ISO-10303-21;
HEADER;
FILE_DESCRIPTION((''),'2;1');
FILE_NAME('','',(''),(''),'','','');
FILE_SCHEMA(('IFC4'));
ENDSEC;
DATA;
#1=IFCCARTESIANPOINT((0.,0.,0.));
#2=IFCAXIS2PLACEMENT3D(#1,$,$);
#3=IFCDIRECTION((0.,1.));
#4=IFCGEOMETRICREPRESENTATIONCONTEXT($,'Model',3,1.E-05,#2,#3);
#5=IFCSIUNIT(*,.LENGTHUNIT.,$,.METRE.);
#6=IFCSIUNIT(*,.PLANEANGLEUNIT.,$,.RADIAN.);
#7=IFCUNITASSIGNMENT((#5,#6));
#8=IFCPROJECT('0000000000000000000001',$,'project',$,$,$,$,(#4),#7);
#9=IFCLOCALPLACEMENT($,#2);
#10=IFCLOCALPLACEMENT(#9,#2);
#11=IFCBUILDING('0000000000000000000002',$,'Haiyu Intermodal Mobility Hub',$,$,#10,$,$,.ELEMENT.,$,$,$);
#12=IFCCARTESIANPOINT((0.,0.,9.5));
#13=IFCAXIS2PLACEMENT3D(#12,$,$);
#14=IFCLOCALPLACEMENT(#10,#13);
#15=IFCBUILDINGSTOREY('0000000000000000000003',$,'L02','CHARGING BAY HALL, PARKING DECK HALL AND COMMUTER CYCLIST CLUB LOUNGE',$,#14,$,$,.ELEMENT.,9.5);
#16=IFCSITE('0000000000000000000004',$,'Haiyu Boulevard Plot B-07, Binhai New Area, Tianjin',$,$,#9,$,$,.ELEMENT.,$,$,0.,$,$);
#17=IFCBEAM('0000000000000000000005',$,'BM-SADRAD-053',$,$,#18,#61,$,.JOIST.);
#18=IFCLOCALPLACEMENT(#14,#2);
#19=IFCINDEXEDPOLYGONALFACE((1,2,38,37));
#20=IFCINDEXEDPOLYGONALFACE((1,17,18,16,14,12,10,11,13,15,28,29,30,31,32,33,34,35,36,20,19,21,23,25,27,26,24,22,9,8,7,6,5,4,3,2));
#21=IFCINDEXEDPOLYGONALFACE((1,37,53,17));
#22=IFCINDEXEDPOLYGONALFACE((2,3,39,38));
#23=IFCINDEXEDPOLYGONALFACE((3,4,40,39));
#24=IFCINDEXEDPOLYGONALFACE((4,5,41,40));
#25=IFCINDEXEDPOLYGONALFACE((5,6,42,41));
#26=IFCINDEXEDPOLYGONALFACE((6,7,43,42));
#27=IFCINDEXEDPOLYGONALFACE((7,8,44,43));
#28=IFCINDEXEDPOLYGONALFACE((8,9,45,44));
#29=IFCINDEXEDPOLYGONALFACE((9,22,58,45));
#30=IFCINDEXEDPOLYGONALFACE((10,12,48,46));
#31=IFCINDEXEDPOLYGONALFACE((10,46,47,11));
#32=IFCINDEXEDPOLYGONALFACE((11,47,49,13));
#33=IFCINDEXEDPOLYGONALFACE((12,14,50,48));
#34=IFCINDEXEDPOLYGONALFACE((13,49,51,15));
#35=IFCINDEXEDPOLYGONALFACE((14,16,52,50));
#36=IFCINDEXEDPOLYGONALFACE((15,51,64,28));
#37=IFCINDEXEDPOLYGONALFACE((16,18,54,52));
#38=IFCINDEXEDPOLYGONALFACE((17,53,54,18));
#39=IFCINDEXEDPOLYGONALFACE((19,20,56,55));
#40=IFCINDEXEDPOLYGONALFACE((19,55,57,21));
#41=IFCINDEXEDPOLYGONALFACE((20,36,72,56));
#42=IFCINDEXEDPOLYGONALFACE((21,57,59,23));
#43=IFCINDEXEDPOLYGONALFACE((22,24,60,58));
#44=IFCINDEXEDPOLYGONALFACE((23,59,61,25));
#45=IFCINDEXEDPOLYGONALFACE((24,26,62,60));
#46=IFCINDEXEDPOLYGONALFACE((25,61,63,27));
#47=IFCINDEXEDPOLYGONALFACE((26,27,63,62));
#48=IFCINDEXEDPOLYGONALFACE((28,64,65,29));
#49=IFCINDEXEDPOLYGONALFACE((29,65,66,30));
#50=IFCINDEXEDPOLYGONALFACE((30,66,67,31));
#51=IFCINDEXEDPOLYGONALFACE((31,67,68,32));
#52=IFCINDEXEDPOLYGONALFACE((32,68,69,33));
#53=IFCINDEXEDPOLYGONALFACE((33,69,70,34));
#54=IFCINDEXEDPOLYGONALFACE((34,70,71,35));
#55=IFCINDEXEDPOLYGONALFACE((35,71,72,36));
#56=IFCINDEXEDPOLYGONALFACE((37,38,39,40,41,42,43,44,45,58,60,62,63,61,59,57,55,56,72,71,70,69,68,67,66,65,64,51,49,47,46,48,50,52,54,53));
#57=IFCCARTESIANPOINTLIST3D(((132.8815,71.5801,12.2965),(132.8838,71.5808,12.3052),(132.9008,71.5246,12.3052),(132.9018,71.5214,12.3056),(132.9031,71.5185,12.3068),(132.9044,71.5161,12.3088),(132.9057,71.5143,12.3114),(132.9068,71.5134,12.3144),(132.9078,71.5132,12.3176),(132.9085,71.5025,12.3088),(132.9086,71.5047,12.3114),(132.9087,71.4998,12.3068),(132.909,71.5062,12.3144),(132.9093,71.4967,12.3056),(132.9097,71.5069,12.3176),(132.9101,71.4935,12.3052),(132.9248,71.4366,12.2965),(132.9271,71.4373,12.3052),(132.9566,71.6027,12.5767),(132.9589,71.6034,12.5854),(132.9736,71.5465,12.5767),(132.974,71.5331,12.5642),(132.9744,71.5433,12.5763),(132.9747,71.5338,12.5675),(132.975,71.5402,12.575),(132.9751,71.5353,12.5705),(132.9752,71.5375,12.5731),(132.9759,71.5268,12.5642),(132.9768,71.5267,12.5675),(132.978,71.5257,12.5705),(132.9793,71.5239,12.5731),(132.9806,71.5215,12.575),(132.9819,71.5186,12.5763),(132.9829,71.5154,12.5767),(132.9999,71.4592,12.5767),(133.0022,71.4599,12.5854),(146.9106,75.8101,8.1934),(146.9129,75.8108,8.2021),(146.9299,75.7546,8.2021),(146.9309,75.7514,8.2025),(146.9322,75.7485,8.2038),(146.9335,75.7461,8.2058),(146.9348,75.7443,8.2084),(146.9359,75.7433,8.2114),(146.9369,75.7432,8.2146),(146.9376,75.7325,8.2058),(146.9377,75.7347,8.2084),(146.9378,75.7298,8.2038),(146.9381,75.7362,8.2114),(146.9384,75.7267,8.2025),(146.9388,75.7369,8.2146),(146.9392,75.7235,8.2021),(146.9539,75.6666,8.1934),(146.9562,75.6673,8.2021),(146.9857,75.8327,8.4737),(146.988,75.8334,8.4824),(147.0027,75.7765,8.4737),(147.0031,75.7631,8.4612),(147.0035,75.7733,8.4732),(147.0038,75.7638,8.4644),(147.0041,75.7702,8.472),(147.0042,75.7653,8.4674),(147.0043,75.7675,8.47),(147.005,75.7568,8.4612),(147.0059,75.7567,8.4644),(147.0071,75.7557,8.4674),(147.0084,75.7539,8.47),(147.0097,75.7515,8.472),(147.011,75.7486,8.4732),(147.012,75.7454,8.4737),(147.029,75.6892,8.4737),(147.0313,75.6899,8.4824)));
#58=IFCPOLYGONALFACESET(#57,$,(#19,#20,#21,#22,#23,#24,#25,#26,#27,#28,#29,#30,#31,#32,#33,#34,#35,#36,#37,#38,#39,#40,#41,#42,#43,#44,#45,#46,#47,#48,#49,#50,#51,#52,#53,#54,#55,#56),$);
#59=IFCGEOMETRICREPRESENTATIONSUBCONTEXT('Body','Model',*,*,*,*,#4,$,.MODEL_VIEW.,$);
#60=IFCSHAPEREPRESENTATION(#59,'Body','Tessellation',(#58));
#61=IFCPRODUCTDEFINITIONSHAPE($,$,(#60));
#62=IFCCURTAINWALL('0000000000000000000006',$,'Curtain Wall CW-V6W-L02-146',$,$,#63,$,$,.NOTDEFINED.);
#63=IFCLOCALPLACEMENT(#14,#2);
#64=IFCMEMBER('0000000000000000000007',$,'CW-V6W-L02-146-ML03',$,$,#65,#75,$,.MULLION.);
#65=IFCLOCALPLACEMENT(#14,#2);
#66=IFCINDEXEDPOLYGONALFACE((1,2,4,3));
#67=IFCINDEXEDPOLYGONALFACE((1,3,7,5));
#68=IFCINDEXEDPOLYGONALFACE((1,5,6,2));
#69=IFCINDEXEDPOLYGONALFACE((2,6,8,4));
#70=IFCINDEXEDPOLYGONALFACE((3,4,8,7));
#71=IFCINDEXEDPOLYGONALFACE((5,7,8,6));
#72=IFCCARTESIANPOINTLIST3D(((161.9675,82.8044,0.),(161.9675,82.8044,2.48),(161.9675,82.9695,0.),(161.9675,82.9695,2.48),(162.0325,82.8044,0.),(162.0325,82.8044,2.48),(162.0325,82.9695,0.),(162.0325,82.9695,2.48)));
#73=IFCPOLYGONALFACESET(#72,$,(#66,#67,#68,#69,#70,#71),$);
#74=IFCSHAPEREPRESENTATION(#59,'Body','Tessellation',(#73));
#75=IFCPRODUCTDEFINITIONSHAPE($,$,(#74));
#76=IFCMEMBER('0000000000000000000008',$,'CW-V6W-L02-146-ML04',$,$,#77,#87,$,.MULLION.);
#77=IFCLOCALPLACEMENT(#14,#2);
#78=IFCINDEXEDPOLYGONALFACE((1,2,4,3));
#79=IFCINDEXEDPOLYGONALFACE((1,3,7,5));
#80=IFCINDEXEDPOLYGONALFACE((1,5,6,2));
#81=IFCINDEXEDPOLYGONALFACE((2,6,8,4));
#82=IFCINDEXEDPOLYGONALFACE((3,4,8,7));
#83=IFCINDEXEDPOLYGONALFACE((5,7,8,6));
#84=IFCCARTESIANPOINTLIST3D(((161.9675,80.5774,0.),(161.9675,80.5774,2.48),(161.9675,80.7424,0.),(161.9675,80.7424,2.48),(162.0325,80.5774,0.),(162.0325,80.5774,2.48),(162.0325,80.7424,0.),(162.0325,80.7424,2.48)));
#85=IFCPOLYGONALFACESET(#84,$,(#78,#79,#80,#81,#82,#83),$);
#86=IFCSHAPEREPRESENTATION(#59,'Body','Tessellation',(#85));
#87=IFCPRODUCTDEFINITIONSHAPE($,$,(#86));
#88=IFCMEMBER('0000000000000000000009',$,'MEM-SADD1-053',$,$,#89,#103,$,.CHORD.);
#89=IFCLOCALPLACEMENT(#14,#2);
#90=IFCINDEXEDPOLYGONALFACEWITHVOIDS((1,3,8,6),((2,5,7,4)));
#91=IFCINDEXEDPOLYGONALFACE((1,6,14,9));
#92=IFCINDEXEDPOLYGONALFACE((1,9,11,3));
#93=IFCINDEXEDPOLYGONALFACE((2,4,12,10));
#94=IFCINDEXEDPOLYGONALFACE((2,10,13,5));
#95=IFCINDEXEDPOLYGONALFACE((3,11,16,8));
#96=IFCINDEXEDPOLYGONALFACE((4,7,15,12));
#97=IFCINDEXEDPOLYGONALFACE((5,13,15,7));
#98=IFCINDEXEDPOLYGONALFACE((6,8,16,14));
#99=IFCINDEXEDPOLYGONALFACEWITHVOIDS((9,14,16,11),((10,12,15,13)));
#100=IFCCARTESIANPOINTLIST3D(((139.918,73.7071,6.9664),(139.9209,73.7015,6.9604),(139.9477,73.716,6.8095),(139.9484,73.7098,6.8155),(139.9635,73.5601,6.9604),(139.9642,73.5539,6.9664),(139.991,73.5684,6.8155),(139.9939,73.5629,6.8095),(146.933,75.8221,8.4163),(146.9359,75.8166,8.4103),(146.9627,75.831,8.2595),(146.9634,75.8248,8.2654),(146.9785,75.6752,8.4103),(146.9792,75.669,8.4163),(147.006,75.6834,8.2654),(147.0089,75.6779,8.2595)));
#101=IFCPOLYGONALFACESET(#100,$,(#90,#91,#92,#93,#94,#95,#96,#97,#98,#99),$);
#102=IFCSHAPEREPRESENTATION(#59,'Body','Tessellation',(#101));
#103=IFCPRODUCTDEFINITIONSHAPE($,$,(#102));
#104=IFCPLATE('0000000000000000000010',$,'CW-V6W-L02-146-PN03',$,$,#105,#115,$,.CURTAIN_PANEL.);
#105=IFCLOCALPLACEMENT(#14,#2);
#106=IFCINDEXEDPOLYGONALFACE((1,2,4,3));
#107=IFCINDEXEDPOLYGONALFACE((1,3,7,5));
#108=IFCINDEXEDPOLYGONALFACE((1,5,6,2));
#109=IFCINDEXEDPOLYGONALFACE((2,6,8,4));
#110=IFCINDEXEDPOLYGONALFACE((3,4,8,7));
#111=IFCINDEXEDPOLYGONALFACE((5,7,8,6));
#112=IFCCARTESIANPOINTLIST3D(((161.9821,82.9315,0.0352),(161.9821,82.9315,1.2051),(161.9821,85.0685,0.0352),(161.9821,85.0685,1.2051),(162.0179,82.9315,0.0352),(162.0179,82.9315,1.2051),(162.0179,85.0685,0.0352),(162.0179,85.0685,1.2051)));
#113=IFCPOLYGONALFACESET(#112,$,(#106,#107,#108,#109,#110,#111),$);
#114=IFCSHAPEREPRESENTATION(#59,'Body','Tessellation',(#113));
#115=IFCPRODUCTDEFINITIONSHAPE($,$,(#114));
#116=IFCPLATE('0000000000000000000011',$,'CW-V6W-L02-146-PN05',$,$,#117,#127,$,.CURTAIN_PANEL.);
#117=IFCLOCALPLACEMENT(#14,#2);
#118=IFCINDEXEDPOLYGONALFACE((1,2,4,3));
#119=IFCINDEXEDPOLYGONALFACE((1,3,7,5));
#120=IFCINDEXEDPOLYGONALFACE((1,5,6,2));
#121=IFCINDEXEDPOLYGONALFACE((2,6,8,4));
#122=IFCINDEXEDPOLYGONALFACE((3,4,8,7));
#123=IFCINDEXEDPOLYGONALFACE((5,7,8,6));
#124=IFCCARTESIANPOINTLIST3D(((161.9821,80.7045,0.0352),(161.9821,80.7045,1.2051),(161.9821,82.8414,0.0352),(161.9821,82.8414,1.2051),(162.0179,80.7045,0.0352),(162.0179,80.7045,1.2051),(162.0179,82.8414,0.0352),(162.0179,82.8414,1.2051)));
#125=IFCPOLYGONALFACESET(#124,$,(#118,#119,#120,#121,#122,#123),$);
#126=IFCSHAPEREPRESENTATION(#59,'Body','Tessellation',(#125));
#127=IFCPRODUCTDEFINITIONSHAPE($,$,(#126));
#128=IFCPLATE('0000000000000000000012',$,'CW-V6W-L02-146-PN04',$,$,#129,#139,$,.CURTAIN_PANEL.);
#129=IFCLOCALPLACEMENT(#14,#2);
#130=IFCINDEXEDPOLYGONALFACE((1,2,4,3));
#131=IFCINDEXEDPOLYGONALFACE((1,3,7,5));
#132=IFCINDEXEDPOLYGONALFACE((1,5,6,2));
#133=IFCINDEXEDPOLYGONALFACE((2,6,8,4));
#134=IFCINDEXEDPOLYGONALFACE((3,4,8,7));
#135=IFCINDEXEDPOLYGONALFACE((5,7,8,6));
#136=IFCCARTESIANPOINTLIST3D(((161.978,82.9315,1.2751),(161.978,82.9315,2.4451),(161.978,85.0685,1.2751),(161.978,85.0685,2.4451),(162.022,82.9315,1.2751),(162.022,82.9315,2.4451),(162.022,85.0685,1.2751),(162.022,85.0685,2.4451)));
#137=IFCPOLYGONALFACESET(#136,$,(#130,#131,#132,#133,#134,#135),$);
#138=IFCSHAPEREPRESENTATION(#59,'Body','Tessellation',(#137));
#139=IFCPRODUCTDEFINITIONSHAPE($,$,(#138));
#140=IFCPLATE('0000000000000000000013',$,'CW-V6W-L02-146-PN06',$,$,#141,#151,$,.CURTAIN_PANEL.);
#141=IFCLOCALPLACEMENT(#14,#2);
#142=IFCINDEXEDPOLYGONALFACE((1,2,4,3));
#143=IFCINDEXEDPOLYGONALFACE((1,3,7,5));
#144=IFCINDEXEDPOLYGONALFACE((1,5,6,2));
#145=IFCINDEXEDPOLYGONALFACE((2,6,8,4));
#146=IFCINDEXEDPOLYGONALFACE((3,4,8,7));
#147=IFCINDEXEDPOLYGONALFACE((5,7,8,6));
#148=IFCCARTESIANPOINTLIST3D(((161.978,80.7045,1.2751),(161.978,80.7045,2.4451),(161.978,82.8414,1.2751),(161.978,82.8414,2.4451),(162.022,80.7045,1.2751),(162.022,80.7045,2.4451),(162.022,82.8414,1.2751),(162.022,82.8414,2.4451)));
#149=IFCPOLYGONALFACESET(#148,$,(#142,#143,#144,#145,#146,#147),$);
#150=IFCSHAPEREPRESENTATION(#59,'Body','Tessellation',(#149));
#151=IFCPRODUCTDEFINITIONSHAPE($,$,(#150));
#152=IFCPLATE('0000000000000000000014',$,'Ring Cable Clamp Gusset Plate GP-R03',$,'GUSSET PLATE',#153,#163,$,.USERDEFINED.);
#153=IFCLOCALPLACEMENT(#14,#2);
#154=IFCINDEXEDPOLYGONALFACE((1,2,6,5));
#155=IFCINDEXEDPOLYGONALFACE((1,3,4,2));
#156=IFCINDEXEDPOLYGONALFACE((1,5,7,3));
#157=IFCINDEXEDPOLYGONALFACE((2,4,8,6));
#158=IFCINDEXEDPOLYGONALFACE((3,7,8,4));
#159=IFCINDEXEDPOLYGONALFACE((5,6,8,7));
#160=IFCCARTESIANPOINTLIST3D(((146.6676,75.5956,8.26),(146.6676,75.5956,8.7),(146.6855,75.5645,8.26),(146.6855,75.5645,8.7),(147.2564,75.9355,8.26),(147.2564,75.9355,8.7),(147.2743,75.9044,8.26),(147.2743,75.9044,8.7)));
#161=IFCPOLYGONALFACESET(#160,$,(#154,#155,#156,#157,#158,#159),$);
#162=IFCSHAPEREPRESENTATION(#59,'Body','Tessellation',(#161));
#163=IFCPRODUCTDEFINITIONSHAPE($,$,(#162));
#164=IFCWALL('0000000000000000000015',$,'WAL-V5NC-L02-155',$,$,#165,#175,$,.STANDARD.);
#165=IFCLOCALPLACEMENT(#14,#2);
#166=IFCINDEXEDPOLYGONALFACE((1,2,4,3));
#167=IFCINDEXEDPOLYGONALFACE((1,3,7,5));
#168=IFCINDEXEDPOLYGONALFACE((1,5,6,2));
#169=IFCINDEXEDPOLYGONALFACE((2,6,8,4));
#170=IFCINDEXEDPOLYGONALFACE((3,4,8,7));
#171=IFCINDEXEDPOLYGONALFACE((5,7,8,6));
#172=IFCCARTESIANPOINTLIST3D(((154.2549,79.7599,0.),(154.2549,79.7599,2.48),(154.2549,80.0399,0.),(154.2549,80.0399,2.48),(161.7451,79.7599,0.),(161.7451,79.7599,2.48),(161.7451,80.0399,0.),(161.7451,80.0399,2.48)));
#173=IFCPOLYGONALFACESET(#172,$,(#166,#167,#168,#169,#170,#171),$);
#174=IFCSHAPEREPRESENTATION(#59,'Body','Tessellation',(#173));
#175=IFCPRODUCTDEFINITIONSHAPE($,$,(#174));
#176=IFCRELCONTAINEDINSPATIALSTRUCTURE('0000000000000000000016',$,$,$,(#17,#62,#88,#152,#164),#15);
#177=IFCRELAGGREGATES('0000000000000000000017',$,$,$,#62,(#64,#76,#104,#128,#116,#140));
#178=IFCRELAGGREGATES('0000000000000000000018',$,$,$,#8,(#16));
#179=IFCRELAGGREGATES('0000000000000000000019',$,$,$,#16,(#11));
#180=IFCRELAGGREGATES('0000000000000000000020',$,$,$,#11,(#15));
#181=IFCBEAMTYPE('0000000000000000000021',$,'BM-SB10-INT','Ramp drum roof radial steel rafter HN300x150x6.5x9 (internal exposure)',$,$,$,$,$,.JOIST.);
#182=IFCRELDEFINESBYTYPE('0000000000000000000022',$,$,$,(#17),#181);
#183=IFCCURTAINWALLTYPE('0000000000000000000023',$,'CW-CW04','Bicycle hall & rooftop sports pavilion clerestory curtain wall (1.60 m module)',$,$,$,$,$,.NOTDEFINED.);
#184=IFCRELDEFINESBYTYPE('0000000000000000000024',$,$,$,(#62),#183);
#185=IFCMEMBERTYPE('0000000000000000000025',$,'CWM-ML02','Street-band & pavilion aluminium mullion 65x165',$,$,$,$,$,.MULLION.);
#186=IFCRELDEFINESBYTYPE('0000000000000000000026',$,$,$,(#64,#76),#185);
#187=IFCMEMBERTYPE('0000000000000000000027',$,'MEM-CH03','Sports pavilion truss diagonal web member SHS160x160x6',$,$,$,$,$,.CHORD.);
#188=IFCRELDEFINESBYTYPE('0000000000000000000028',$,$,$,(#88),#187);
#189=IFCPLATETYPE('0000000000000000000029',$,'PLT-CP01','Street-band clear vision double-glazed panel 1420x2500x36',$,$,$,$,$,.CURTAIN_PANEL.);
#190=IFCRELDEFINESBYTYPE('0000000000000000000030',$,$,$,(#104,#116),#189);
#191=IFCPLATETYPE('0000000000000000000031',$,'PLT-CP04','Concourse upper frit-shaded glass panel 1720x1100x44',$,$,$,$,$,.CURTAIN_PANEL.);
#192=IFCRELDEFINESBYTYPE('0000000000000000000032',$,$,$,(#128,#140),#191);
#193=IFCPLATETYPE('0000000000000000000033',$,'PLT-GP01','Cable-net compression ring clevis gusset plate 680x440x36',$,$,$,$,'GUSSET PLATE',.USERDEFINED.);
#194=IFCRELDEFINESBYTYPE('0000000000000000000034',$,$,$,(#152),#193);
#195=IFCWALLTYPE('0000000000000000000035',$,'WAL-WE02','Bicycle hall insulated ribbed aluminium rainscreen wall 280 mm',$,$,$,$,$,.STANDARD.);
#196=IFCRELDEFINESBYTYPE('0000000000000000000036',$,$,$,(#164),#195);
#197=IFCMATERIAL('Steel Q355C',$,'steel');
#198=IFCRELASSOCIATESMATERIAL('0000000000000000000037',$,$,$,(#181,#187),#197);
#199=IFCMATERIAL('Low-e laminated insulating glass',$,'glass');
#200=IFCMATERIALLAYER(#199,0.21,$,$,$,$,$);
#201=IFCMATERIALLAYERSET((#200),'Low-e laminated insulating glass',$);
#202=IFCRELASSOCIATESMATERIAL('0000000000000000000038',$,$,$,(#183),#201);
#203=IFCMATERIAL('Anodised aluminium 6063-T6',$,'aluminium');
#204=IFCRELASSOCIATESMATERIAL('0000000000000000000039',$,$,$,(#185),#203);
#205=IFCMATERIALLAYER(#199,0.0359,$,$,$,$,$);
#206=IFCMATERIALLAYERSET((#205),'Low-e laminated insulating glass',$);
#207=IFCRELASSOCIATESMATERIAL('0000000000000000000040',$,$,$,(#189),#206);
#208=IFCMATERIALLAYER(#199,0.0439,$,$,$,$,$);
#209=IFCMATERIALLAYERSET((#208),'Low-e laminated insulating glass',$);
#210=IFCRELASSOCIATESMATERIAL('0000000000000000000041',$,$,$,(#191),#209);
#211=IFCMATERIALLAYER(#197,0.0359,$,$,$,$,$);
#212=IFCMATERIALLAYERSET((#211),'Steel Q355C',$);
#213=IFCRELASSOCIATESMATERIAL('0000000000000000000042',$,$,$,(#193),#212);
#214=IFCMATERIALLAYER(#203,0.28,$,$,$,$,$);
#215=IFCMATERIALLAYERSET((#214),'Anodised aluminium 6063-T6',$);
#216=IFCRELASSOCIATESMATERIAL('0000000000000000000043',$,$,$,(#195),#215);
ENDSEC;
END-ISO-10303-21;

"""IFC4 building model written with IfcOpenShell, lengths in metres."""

from ifc_helpers import new_model, si_unit, direction, frame, frame_2d, origin, origin_2d, place, context, subcontext, project, spatial, rectangle, hollow_rectangle, i_section, extrude, material, layer, layer_set, material_profile, profile_set, type_object, element, aggregate, save


model = new_model("IFC4")

# Units and contexts
model_context = context("Model", 3, precision=1e-05, world=origin(), true_north=direction((0.0, 1.0)))
body_context = subcontext(model_context, "Body", "Model", "MODEL_VIEW")
ifc_project = project(units=[si_unit("LENGTHUNIT", "METRE"), si_unit("PLANEANGLEUNIT", "RADIAN")], contexts=[model_context])

# Site, building, storey
site_placement = place(None, origin())
site = spatial("IfcSite", under=ifc_project, at=site_placement, Name="Haiyu Boulevard Plot B-07, Binhai New Area, Tianjin", CompositionType="ELEMENT", RefElevation=0.0)
building_placement = place(site_placement, origin())
building = spatial("IfcBuilding", under=site, at=building_placement, Name="Haiyu Intermodal Mobility Hub", CompositionType="ELEMENT")
storey_placement = place(building_placement, frame((0.0, 0.0, 9.5)))
storey = spatial("IfcBuildingStorey", under=building, at=storey_placement, Name="L02", Description="CHARGING BAY HALL, PARKING DECK HALL AND COMMUTER CYCLIST CLUB LOUNGE", CompositionType="ELEMENT", Elevation=9.5)

# Beam
ifc_material_1 = material(Name="Steel Q355C", Category="steel")
ifc_material_profile_1 = material_profile(ifc_material_1, i_section(OverallWidth=0.1499, OverallDepth=0.3, WebThickness=0.0066, FlangeThickness=0.009, FilletRadius=0.0129, at=origin_2d()), Name="HN300x150x6.5x9")
ifc_profile_set_1 = profile_set([ifc_material_profile_1], Name="Steel Q355C")
beam_type_1 = type_object("IfcBeamType", Name="BM-SB10-INT", Description="Ramp drum roof radial steel rafter HN300x150x6.5x9 (internal exposure)", PredefinedType="JOIST", material=ifc_profile_set_1)
beam_1_placement = place(storey_placement, frame((146.9709, 75.75, 8.3379), z_axis=(-0.921963, -0.277986, 0.269643), x_axis=(0.288679, -0.957426, 0.0)))
element("IfcBeam", 1, at=beam_1_placement, inside=storey, type_object=beam_type_1, Name="BM-SADRAD-053", PredefinedType="JOIST", context=body_context, shape_type="SweptSolid", body=[
    extrude(i_section(OverallWidth=0.1499, OverallDepth=0.3, WebThickness=0.0066, FlangeThickness=0.009, FilletRadius=0.0129, at=origin_2d()), origin(), (0.0, 0.0, 1.0), 15.2166),
])

# Curtain wall, members
ifc_material_2 = material(Name="Low-e laminated insulating glass", Category="glass")
ifc_layer_1 = layer(ifc_material_2, 0.21)
ifc_layer_set_1 = layer_set([ifc_layer_1], Name="Low-e laminated insulating glass")
curtain_wall_type = type_object("IfcCurtainWallType", Name="CW-CW04", Description="Bicycle hall & rooftop sports pavilion clerestory curtain wall (1.60 m module)", PredefinedType="NOTDEFINED", material=ifc_layer_set_1)
curtain_wall_placement = place(storey_placement, origin())
curtain_wall = element("IfcCurtainWall", 2, at=curtain_wall_placement, inside=storey, type_object=curtain_wall_type, Name="Curtain Wall CW-V6W-L02-146", PredefinedType="NOTDEFINED")
ifc_material_3 = material(Name="Anodised aluminium 6063-T6", Category="aluminium")
ifc_material_profile_2 = material_profile(ifc_material_3, rectangle(XDim=0.0649, YDim=0.165, at=origin_2d()), Name="ALU65x165")
ifc_profile_set_2 = profile_set([ifc_material_profile_2], Name="Anodised aluminium 6063-T6")
member_type_1 = type_object("IfcMemberType", Name="CWM-ML02", Description="Street-band & pavilion aluminium mullion 65x165", PredefinedType="MULLION", material=ifc_profile_set_2)
member_1_placement = place(storey_placement, frame((162.0, 82.887, 0.0), z_axis=(0.0, 0.0, 1.0), x_axis=(1.0, 0.0, 0.0)))
member_1 = element("IfcMember", 3, at=member_1_placement, type_object=member_type_1, Name="CW-V6W-L02-146-ML03", PredefinedType="MULLION", context=body_context, shape_type="SweptSolid", body=[
    extrude(rectangle(XDim=0.0649, YDim=0.165, at=origin_2d()), origin(), (0.0, 0.0, 1.0), 2.48),
])
member_2_placement = place(storey_placement, frame((162.0, 80.6599, 0.0), z_axis=(0.0, 0.0, 1.0), x_axis=(1.0, 0.0, 0.0)))
member_2 = element("IfcMember", 4, at=member_2_placement, type_object=member_type_1, Name="CW-V6W-L02-146-ML04", PredefinedType="MULLION", context=body_context, shape_type="SweptSolid", body=[
    extrude(rectangle(XDim=0.0649, YDim=0.165, at=origin_2d()), origin(), (0.0, 0.0, 1.0), 2.48),
])

# Member
ifc_material_profile_3 = material_profile(ifc_material_1, hollow_rectangle(XDim=0.1599, YDim=0.1599, WallThickness=0.0061, at=origin_2d()), Name="SHS160x160x6")
ifc_profile_set_3 = profile_set([ifc_material_profile_3], Name="Steel Q355C")
member_type_2 = type_object("IfcMemberType", Name="MEM-CH03", Description="Sports pavilion truss diagonal web member SHS160x160x6", PredefinedType="CHORD", material=ifc_profile_set_3)
member_3_placement = place(storey_placement, frame((146.9709, 75.75, 8.3379), z_axis=(-0.939215, -0.283173, -0.194132), x_axis=(0.288665, -0.95743, 0.0)))
element("IfcMember", 5, at=member_3_placement, inside=storey, type_object=member_type_2, Name="MEM-SADD1-053", PredefinedType="CHORD", context=body_context, shape_type="SweptSolid", body=[
    extrude(hollow_rectangle(XDim=0.1599, YDim=0.1599, WallThickness=0.0061, at=origin_2d()), origin(), (0.0, 0.0, 1.0), 7.469),
])

# Plates
ifc_layer_2 = layer(ifc_material_2, 0.0359)
ifc_layer_set_2 = layer_set([ifc_layer_2], Name="Low-e laminated insulating glass")
plate_type_1 = type_object("IfcPlateType", Name="PLT-CP01", Description="Street-band clear vision double-glazed panel 1420x2500x36", PredefinedType="CURTAIN_PANEL", material=ifc_layer_set_2)
plate_1_placement = place(storey_placement, frame((162.0, 84.0, 0.0352), z_axis=(0.0, 0.0, 1.0), x_axis=(0.0, -1.0, 0.0)))
plate_1 = element("IfcPlate", 6, at=plate_1_placement, type_object=plate_type_1, Name="CW-V6W-L02-146-PN03", PredefinedType="CURTAIN_PANEL", context=body_context, shape_type="SweptSolid", body=[
    extrude(rectangle(XDim=2.137, YDim=0.0359, at=origin_2d()), origin(), (0.0, 0.0, 1.0), 1.1699),
])
plate_2_placement = place(storey_placement, frame((162.0, 81.7729, 0.0352), z_axis=(0.0, 0.0, 1.0), x_axis=(0.0, -1.0, 0.0)))
plate_2 = element("IfcPlate", 7, at=plate_2_placement, type_object=plate_type_1, Name="CW-V6W-L02-146-PN05", PredefinedType="CURTAIN_PANEL", context=body_context, shape_type="SweptSolid", body=[
    extrude(rectangle(XDim=2.137, YDim=0.0359, at=origin_2d()), origin(), (0.0, 0.0, 1.0), 1.1699),
])
ifc_layer_3 = layer(ifc_material_2, 0.0439)
ifc_layer_set_3 = layer_set([ifc_layer_3], Name="Low-e laminated insulating glass")
plate_type_2 = type_object("IfcPlateType", Name="PLT-CP04", Description="Concourse upper frit-shaded glass panel 1720x1100x44", PredefinedType="CURTAIN_PANEL", material=ifc_layer_set_3)
plate_3_placement = place(storey_placement, frame((162.0, 84.0, 1.2751), z_axis=(0.0, 0.0, 1.0), x_axis=(0.0, -1.0, 0.0)))
plate_3 = element("IfcPlate", 8, at=plate_3_placement, type_object=plate_type_2, Name="CW-V6W-L02-146-PN04", PredefinedType="CURTAIN_PANEL", context=body_context, shape_type="SweptSolid", body=[
    extrude(rectangle(XDim=2.137, YDim=0.0439, at=origin_2d()), origin(), (0.0, 0.0, 1.0), 1.1699),
])
plate_4_placement = place(storey_placement, frame((162.0, 81.7729, 1.2751), z_axis=(0.0, 0.0, 1.0), x_axis=(0.0, -1.0, 0.0)))
plate_4 = element("IfcPlate", 9, at=plate_4_placement, type_object=plate_type_2, Name="CW-V6W-L02-146-PN06", PredefinedType="CURTAIN_PANEL", context=body_context, shape_type="SweptSolid", body=[
    extrude(rectangle(XDim=2.137, YDim=0.0439, at=origin_2d()), origin(), (0.0, 0.0, 1.0), 1.1699),
])
aggregate(curtain_wall, [member_1, member_2, plate_1, plate_3, plate_2, plate_4])
ifc_layer_4 = layer(ifc_material_1, 0.0359)
ifc_layer_set_4 = layer_set([ifc_layer_4], Name="Steel Q355C")
plate_type_3 = type_object("IfcPlateType", Name="PLT-GP01", Description="Cable-net compression ring clevis gusset plate 680x440x36", ElementType="GUSSET PLATE", PredefinedType="USERDEFINED", material=ifc_layer_set_4)
plate_5_placement = place(storey_placement, frame((146.9709, 75.75, 8.26), z_axis=(0.0, 0.0, 1.0), x_axis=(0.866025, 0.5, 0.0)))
element("IfcPlate", 10, at=plate_5_placement, inside=storey, type_object=plate_type_3, Name="Ring Cable Clamp Gusset Plate GP-R03", ObjectType="GUSSET PLATE", PredefinedType="USERDEFINED", context=body_context, shape_type="SweptSolid", body=[
    extrude(rectangle(XDim=0.6799, YDim=0.0359, at=origin_2d()), origin(), (0.0, 0.0, 1.0), 0.4399),
])

# Wall
ifc_layer_5 = layer(ifc_material_3, 0.28)
ifc_layer_set_5 = layer_set([ifc_layer_5], Name="Anodised aluminium 6063-T6")
wall_type = type_object("IfcWallType", Name="WAL-WE02", Description="Bicycle hall insulated ribbed aluminium rainscreen wall 280 mm", PredefinedType="STANDARD", material=ifc_layer_set_5)
wall_placement = place(storey_placement, frame((161.7451, 79.8999, 0.0), z_axis=(0.0, 0.0, 1.0), x_axis=(-1.0, 0.0, 0.0)))
element("IfcWall", 11, at=wall_placement, inside=storey, type_object=wall_type, Name="WAL-V5NC-L02-155", PredefinedType="STANDARD", context=body_context, shape_type="SweptSolid", body=[
    extrude(rectangle(XDim=7.4902, YDim=0.28, at=frame_2d((3.7451, 0.0))), origin(), (0.0, 0.0, 1.0), 2.48),
])

save(model, "model.ifc")
